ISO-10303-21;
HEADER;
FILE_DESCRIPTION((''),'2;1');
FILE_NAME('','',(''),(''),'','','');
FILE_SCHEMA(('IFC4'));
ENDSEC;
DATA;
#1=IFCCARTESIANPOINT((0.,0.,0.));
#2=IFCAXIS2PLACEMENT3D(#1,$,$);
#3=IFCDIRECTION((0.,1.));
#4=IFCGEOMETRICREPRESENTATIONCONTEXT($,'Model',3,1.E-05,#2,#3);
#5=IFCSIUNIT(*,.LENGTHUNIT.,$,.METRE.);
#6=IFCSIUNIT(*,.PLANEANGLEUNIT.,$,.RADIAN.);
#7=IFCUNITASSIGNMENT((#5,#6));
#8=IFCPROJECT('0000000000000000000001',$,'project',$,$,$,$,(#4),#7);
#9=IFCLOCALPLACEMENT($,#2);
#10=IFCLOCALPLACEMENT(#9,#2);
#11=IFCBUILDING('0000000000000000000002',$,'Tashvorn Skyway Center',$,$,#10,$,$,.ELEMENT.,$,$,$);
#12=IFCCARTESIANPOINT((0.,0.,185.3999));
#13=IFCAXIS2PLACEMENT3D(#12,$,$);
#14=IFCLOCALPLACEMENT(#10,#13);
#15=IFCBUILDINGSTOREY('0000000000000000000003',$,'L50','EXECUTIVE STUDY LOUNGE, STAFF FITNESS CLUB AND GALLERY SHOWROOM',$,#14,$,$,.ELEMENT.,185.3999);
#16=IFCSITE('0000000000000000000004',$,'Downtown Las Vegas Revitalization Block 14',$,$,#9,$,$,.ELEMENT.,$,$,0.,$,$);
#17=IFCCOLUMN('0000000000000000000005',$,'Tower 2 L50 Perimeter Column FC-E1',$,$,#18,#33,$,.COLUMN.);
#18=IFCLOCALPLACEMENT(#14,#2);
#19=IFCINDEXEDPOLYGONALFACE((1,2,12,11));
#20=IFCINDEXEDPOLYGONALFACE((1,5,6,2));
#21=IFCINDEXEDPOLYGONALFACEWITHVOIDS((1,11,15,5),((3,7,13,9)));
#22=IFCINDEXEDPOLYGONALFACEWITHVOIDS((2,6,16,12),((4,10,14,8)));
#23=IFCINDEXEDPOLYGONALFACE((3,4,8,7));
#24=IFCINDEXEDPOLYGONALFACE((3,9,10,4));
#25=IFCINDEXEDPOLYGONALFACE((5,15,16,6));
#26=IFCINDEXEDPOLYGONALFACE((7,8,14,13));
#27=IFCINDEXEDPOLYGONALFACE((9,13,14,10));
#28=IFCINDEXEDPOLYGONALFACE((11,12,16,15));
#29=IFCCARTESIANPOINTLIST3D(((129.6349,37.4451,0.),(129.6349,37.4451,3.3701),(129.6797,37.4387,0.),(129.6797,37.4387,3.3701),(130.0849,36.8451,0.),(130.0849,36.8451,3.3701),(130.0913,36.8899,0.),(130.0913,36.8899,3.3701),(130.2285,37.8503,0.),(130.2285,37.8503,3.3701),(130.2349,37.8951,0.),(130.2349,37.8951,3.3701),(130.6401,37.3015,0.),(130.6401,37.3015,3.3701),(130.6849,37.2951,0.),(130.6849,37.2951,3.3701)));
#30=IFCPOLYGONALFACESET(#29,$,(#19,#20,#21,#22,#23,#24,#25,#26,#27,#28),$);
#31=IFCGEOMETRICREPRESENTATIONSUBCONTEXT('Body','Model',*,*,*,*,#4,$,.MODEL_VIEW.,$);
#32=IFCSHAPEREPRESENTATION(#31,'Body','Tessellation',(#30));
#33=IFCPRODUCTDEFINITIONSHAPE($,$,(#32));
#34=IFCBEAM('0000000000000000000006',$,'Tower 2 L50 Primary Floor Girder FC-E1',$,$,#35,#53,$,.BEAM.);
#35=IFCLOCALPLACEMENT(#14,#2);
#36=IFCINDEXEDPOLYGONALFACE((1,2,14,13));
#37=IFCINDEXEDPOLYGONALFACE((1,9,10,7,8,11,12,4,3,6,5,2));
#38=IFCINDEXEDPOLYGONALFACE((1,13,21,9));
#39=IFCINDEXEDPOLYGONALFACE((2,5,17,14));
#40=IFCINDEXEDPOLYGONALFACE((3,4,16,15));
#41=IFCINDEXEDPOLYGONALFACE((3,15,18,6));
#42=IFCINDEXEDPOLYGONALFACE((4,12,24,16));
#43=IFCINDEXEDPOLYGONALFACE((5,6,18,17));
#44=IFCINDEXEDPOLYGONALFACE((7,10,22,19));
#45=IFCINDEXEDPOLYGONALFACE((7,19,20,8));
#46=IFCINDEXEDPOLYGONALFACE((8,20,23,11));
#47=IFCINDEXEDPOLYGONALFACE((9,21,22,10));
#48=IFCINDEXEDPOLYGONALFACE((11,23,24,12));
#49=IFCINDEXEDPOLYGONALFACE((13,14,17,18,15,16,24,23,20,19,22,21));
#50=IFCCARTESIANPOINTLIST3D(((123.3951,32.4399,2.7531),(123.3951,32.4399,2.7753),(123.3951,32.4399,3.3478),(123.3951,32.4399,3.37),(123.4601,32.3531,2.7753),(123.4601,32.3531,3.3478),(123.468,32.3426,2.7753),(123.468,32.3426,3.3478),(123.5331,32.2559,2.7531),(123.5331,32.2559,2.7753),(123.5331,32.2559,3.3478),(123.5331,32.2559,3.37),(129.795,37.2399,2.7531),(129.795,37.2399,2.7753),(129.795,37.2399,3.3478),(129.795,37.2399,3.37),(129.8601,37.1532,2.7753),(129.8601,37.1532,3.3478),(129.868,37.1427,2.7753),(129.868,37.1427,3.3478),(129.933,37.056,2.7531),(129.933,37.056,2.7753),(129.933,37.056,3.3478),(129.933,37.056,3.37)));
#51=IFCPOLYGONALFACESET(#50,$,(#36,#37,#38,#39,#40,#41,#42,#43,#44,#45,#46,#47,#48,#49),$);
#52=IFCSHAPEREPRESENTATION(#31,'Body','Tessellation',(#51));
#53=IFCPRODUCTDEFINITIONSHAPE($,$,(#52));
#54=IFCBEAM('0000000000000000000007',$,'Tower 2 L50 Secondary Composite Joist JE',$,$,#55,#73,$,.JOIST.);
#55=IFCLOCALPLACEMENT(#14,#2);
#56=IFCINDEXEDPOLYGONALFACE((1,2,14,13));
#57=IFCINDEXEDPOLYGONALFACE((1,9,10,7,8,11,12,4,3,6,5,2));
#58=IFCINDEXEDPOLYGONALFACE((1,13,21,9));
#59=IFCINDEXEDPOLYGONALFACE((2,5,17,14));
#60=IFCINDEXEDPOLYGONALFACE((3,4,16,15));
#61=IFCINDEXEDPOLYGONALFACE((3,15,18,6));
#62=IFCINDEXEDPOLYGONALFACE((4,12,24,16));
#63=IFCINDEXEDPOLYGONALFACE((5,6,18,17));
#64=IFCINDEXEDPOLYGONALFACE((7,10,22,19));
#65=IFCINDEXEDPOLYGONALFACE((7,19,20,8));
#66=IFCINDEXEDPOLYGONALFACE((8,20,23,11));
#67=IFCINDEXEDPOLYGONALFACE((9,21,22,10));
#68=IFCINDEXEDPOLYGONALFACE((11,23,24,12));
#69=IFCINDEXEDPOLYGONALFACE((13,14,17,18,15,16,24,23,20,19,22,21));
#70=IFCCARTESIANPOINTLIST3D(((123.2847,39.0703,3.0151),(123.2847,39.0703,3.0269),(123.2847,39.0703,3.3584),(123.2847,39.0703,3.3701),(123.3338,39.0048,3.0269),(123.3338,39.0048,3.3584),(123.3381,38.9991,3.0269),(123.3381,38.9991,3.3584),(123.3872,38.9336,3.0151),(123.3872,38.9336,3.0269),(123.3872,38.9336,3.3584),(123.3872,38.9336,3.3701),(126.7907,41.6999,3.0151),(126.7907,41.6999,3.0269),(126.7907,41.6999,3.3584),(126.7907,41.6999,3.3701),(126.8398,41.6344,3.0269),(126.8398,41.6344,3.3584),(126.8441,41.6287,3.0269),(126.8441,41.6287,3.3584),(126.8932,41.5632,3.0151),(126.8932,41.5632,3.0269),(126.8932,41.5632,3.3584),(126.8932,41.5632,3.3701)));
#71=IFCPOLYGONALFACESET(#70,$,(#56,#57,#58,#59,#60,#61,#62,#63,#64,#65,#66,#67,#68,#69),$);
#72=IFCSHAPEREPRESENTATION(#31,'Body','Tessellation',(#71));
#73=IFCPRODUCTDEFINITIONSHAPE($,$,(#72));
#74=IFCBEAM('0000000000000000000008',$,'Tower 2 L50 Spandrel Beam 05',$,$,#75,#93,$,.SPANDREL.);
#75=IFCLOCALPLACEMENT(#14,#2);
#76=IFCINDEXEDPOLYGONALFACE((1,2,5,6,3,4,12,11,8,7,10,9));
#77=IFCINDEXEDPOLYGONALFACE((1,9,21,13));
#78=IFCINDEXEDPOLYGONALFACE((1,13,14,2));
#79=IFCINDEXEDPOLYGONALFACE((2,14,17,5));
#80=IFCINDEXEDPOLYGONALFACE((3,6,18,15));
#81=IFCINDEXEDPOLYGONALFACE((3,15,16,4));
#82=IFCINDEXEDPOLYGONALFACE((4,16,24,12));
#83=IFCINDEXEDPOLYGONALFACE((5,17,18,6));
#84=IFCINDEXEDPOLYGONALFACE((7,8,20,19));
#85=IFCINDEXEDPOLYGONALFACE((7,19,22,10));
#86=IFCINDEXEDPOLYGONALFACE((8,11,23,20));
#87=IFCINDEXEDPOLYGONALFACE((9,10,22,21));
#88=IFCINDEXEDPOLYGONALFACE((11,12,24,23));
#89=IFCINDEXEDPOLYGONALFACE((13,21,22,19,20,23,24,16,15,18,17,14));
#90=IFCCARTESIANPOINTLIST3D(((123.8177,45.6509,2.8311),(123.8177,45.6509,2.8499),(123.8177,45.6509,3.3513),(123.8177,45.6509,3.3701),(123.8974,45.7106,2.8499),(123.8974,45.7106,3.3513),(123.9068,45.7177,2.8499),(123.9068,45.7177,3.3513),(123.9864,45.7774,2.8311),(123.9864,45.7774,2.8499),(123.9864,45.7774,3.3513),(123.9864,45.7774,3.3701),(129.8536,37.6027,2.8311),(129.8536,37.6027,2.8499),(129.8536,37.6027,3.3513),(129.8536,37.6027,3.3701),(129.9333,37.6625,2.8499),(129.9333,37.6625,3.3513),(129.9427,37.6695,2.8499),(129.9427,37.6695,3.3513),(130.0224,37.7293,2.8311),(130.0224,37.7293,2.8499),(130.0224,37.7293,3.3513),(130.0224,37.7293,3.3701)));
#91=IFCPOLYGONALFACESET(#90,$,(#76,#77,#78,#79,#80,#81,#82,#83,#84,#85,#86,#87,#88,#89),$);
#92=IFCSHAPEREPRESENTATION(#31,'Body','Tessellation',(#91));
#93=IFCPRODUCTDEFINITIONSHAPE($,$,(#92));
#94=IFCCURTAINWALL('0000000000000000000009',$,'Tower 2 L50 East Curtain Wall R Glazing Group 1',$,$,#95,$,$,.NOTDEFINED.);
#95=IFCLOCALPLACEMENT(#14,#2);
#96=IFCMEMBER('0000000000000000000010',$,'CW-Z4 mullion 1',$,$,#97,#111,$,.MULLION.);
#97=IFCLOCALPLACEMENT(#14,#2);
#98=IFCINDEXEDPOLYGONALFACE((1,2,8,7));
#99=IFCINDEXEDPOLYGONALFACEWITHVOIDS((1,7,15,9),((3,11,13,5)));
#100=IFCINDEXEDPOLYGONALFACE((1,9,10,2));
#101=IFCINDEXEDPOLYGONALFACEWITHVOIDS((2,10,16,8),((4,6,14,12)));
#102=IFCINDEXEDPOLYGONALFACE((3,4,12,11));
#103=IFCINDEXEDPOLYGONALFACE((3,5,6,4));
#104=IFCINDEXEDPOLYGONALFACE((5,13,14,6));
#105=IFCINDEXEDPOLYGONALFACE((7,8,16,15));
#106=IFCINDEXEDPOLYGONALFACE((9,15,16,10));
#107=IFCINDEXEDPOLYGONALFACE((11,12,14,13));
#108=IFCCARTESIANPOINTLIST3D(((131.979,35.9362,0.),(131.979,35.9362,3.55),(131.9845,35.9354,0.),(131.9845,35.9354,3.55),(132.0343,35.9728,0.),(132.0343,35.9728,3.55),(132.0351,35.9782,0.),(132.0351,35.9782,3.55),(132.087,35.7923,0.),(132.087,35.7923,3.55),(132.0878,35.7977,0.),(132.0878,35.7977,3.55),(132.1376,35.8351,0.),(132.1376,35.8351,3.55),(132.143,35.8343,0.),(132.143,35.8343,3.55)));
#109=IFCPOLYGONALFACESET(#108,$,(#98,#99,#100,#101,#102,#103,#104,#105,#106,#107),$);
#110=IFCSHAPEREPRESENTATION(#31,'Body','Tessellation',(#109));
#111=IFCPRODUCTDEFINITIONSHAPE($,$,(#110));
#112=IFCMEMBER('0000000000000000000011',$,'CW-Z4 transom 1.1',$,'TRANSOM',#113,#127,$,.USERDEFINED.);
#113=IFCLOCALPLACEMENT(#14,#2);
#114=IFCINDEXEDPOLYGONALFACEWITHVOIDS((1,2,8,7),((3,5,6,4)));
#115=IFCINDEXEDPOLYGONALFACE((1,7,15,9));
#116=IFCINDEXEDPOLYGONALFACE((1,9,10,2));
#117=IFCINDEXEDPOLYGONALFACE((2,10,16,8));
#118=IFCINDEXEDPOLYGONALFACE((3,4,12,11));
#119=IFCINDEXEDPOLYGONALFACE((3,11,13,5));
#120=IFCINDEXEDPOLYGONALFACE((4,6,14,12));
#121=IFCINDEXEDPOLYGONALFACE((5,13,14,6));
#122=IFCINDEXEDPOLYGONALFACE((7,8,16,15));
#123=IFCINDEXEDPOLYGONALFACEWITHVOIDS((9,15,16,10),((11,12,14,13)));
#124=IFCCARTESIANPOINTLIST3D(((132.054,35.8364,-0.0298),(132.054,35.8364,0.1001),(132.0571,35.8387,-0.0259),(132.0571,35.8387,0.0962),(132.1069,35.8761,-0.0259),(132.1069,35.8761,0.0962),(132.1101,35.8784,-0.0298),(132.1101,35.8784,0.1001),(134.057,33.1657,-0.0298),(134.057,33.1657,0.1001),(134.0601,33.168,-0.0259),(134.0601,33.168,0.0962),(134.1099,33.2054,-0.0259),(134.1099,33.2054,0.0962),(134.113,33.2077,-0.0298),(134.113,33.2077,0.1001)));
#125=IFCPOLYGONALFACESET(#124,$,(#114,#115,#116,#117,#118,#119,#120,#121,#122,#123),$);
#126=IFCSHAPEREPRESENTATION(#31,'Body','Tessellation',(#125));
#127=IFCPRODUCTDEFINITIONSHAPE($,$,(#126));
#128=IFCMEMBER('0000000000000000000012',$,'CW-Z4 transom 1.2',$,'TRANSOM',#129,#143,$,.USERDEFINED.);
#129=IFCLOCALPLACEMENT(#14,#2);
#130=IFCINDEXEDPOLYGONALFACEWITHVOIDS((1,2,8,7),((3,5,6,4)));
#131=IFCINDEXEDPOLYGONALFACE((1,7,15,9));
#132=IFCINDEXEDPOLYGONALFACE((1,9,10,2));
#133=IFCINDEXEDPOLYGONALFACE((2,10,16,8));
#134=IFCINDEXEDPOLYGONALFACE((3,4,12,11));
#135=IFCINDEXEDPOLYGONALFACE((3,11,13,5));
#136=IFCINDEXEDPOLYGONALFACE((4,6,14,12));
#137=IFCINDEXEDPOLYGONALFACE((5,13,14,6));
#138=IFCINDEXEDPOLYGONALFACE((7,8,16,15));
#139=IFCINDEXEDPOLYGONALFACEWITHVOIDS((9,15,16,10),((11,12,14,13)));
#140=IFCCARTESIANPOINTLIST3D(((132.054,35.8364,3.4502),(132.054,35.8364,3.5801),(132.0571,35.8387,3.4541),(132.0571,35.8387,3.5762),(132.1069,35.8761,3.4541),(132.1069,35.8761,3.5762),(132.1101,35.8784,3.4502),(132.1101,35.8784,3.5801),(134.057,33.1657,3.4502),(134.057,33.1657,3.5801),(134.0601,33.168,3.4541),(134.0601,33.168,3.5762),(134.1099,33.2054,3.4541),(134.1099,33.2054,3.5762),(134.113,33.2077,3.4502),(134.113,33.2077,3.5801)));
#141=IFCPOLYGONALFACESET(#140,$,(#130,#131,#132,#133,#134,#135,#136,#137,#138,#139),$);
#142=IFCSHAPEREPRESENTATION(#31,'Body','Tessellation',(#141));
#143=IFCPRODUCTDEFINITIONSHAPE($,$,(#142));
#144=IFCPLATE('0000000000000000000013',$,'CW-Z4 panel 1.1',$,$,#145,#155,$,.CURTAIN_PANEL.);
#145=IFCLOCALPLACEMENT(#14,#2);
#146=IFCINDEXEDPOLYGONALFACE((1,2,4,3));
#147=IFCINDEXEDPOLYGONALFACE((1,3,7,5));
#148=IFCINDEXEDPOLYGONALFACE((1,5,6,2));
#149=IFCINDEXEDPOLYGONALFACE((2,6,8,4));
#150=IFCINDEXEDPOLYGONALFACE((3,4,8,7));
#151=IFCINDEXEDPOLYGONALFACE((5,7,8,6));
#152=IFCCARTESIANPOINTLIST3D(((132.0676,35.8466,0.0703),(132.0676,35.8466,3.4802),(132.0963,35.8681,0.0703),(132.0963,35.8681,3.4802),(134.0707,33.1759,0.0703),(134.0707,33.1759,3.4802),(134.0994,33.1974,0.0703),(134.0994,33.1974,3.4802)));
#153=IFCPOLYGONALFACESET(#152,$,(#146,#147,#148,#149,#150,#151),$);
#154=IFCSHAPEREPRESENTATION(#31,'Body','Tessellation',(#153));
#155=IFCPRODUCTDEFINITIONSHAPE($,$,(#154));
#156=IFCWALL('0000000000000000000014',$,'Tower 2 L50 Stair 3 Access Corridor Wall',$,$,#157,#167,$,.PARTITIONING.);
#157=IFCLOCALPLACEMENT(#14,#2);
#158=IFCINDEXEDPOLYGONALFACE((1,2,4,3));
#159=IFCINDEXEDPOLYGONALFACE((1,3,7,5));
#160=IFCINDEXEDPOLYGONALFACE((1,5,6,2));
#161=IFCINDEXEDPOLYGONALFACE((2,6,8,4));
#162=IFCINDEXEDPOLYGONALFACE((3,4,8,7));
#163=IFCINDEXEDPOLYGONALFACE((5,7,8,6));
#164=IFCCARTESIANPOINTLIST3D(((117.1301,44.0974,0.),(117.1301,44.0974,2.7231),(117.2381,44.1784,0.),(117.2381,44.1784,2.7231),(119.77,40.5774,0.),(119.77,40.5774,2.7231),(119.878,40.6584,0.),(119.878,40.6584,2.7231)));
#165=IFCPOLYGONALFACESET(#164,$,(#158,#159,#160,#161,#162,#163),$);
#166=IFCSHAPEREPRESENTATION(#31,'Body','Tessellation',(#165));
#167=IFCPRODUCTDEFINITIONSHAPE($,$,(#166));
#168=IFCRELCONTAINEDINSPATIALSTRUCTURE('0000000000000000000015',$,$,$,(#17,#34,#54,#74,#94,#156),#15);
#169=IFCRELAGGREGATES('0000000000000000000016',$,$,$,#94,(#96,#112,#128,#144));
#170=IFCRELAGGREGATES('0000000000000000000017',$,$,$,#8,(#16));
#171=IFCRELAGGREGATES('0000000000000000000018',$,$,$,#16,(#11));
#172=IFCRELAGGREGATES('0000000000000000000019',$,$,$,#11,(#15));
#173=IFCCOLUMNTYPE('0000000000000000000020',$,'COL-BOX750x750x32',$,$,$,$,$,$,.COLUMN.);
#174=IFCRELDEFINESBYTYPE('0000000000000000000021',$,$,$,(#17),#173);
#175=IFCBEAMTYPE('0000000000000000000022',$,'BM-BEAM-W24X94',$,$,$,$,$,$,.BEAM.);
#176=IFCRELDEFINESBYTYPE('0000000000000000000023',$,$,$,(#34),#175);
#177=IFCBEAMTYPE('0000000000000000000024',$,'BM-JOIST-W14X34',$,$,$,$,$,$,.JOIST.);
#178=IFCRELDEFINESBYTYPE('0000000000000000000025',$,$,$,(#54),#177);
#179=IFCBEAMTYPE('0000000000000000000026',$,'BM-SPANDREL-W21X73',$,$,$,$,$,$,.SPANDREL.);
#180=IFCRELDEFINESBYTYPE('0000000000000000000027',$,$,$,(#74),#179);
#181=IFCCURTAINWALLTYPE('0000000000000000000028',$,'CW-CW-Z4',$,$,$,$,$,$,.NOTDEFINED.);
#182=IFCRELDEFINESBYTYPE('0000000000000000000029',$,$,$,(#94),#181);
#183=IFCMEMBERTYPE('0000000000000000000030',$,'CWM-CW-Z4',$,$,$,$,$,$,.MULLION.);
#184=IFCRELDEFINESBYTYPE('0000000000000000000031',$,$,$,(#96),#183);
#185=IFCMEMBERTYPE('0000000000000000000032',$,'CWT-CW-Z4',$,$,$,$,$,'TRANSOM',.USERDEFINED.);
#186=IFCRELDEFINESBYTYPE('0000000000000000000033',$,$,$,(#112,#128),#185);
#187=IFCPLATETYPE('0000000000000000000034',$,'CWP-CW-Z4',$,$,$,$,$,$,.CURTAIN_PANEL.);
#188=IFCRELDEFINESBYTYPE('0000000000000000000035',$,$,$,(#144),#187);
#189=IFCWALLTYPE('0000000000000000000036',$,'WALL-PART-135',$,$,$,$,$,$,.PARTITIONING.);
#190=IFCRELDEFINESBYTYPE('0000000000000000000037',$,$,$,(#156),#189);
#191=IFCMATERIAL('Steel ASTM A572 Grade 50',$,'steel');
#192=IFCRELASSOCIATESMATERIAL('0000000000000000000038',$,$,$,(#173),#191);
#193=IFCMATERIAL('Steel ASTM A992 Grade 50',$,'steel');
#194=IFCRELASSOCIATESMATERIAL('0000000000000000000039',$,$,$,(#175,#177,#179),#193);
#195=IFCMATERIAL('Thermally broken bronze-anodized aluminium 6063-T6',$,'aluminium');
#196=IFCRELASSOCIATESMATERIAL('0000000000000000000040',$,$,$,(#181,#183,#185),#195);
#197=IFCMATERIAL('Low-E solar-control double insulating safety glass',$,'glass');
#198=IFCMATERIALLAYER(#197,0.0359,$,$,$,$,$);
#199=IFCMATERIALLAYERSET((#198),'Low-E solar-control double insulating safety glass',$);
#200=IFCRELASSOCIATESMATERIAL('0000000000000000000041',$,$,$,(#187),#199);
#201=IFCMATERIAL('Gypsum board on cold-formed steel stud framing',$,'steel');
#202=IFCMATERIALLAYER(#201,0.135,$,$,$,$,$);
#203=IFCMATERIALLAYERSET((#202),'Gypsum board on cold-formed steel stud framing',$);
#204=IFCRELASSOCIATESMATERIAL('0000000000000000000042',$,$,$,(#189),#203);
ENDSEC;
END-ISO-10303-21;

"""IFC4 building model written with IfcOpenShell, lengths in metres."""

from ifc_helpers import new_model, si_unit, direction, frame, frame_2d, origin, origin_2d, place, context, subcontext, project, spatial, rectangle, hollow_rectangle, i_section, extrude, material, layer, layer_set, material_profile, profile_set, type_object, element, aggregate, save


model = new_model("IFC4")

# Units and contexts
model_context = context("Model", 3, precision=1e-05, world=origin(), true_north=direction((0.0, 1.0)))
body_context = subcontext(model_context, "Body", "Model", "MODEL_VIEW")
ifc_project = project(units=[si_unit("LENGTHUNIT", "METRE"), si_unit("PLANEANGLEUNIT", "RADIAN")], contexts=[model_context])

# Site, building, storey
site_placement = place(None, origin())
site = spatial("IfcSite", under=ifc_project, at=site_placement, Name="Downtown Las Vegas Revitalization Block 14", CompositionType="ELEMENT", RefElevation=0.0)
building_placement = place(site_placement, origin())
building = spatial("IfcBuilding", under=site, at=building_placement, Name="Tashvorn Skyway Center", CompositionType="ELEMENT")
storey_placement = place(building_placement, frame((0.0, 0.0, 185.3999)))
storey = spatial("IfcBuildingStorey", under=building, at=storey_placement, Name="L50", Description="EXECUTIVE STUDY LOUNGE, STAFF FITNESS CLUB AND GALLERY SHOWROOM", CompositionType="ELEMENT", Elevation=185.3999)

# Column
ifc_material_1 = material(Name="Steel ASTM A572 Grade 50", Category="steel")
ifc_material_profile_1 = material_profile(ifc_material_1, hollow_rectangle(XDim=0.75, YDim=0.75, WallThickness=0.032, at=origin_2d()), Name="BOX750x750x32")
ifc_profile_set_1 = profile_set([ifc_material_profile_1], Name="Steel ASTM A572 Grade 50")
column_type = type_object("IfcColumnType", Name="COL-BOX750x750x32", PredefinedType="COLUMN", material=ifc_profile_set_1)
column_placement = place(storey_placement, frame((130.1599, 37.3701, 0.0), z_axis=(0.0, 0.0, 1.0), x_axis=(0.8, 0.6, 0.0)))
element("IfcColumn", 1, at=column_placement, inside=storey, type_object=column_type, Name="Tower 2 L50 Perimeter Column FC-E1", PredefinedType="COLUMN", context=body_context, shape_type="SweptSolid", body=[
    extrude(hollow_rectangle(XDim=0.75, YDim=0.75, WallThickness=0.032, at=origin_2d()), origin(), (0.0, 0.0, 1.0), 3.3701),
])

# Beams
ifc_material_2 = material(Name="Steel ASTM A992 Grade 50", Category="steel")
ifc_material_profile_2 = material_profile(ifc_material_2, i_section(OverallWidth=0.23, OverallDepth=0.6169, WebThickness=0.0132, FlangeThickness=0.0222, at=origin_2d()), Name="W24X94")
ifc_profile_set_2 = profile_set([ifc_material_profile_2], Name="Steel ASTM A992 Grade 50")
beam_type_1 = type_object("IfcBeamType", Name="BM-BEAM-W24X94", PredefinedType="BEAM", material=ifc_profile_set_2)
beam_1_placement = place(storey_placement, frame((129.864, 37.1479, 3.0615), z_axis=(-0.799993, -0.60001, 0.0), x_axis=(0.60001, -0.799993, 0.0)))
element("IfcBeam", 2, at=beam_1_placement, inside=storey, type_object=beam_type_1, Name="Tower 2 L50 Primary Floor Girder FC-E1", PredefinedType="BEAM", context=body_context, shape_type="SweptSolid", body=[
    extrude(i_section(OverallWidth=0.23, OverallDepth=0.6169, WebThickness=0.0132, FlangeThickness=0.0222, at=origin_2d()), origin(), (0.0, 0.0, 1.0), 8.0),
])
ifc_material_profile_3 = material_profile(ifc_material_2, i_section(OverallWidth=0.1709, OverallDepth=0.355, WebThickness=0.0071, FlangeThickness=0.0117, at=origin_2d()), Name="W14X34")
ifc_profile_set_3 = profile_set([ifc_material_profile_3], Name="Steel ASTM A992 Grade 50")
beam_type_2 = type_object("IfcBeamType", Name="BM-JOIST-W14X34", PredefinedType="JOIST", material=ifc_profile_set_3)
beam_2_placement = place(storey_placement, frame((123.3359, 39.002, 3.1926), z_axis=(0.799993, 0.600009, 0.0), x_axis=(-0.600009, 0.799993, 0.0)))
element("IfcBeam", 3, at=beam_2_placement, inside=storey, type_object=beam_type_2, Name="Tower 2 L50 Secondary Composite Joist JE", PredefinedType="JOIST", context=body_context, shape_type="SweptSolid", body=[
    extrude(i_section(OverallWidth=0.1709, OverallDepth=0.355, WebThickness=0.0071, FlangeThickness=0.0117, at=origin_2d()), origin(), (0.0, 0.0, 1.0), 4.3826),
])
ifc_material_profile_4 = material_profile(ifc_material_2, i_section(OverallWidth=0.2109, OverallDepth=0.5391, WebThickness=0.0117, FlangeThickness=0.0188, at=origin_2d()), Name="W21X73")
ifc_profile_set_4 = profile_set([ifc_material_profile_4], Name="Steel ASTM A992 Grade 50")
beam_type_3 = type_object("IfcBeamType", Name="BM-SPANDREL-W21X73", PredefinedType="SPANDREL", material=ifc_profile_set_4)
beam_3_placement = place(storey_placement, frame((129.938, 37.666, 3.1006), z_axis=(-0.599988, 0.800009, 0.0), x_axis=(-0.800009, -0.599988, 0.0)))
element("IfcBeam", 4, at=beam_3_placement, inside=storey, type_object=beam_type_3, Name="Tower 2 L50 Spandrel Beam 05", PredefinedType="SPANDREL", context=body_context, shape_type="SweptSolid", body=[
    extrude(i_section(OverallWidth=0.2109, OverallDepth=0.5391, WebThickness=0.0117, FlangeThickness=0.0188, at=origin_2d()), origin(), (0.0, 0.0, 1.0), 10.0601),
])

# Curtain wall, members, plate
ifc_material_3 = material(Name="Thermally broken bronze-anodized aluminium 6063-T6", Category="aluminium")
curtain_wall_type = type_object("IfcCurtainWallType", Name="CW-CW-Z4", PredefinedType="NOTDEFINED", material=ifc_material_3)
curtain_wall_placement = place(storey_placement, origin())
curtain_wall = element("IfcCurtainWall", 5, at=curtain_wall_placement, inside=storey, type_object=curtain_wall_type, Name="Tower 2 L50 East Curtain Wall R Glazing Group 1", PredefinedType="NOTDEFINED")
ifc_material_profile_5 = material_profile(ifc_material_3, hollow_rectangle(XDim=0.0701, YDim=0.1799, WallThickness=0.0039, at=origin_2d()), Name="ALU-MULL-70x180")
ifc_profile_set_5 = profile_set([ifc_material_profile_5], Name="Thermally broken bronze-anodized aluminium 6063-T6")
member_type_1 = type_object("IfcMemberType", Name="CWM-CW-Z4", PredefinedType="MULLION", material=ifc_profile_set_5)
member_1_placement = place(storey_placement, frame((132.061, 35.8853, 0.0), z_axis=(0.0, 0.0, 1.0), x_axis=(0.799998, 0.600002, 0.0)))
member_1 = element("IfcMember", 6, at=member_1_placement, type_object=member_type_1, Name="CW-Z4 mullion 1", PredefinedType="MULLION", context=body_context, shape_type="SweptSolid", body=[
    extrude(hollow_rectangle(XDim=0.0701, YDim=0.1799, WallThickness=0.0039, at=origin_2d()), origin(), (0.0, 0.0, 1.0), 3.55),
])
ifc_material_profile_6 = material_profile(ifc_material_3, hollow_rectangle(XDim=0.0701, YDim=0.1299, WallThickness=0.0039, at=origin_2d()), Name="ALU-TRAN-70x130")
ifc_profile_set_6 = profile_set([ifc_material_profile_6], Name="Thermally broken bronze-anodized aluminium 6063-T6")
member_type_2 = type_object("IfcMemberType", Name="CWT-CW-Z4", ElementType="TRANSOM", PredefinedType="USERDEFINED", material=ifc_profile_set_6)
member_2_placement = place(storey_placement, frame((132.082, 35.8574, 0.0352), z_axis=(0.599988, -0.800009, 0.0), x_axis=(0.800009, 0.599988, 0.0)))
member_2 = element("IfcMember", 7, at=member_2_placement, type_object=member_type_2, Name="CW-Z4 transom 1.1", ObjectType="TRANSOM", PredefinedType="USERDEFINED", context=body_context, shape_type="SweptSolid", body=[
    extrude(hollow_rectangle(XDim=0.0701, YDim=0.1299, WallThickness=0.0039, at=origin_2d()), origin(), (0.0, 0.0, 1.0), 3.3384),
])
member_3_placement = place(storey_placement, frame((132.082, 35.8574, 3.5151), z_axis=(0.599988, -0.800009, 0.0), x_axis=(0.800009, 0.599988, 0.0)))
member_3 = element("IfcMember", 8, at=member_3_placement, type_object=member_type_2, Name="CW-Z4 transom 1.2", ObjectType="TRANSOM", PredefinedType="USERDEFINED", context=body_context, shape_type="SweptSolid", body=[
    extrude(hollow_rectangle(XDim=0.0701, YDim=0.1299, WallThickness=0.0039, at=origin_2d()), origin(), (0.0, 0.0, 1.0), 3.3384),
])
ifc_material_4 = material(Name="Low-E solar-control double insulating safety glass", Category="glass")
ifc_layer_1 = layer(ifc_material_4, 0.0359)
ifc_layer_set_1 = layer_set([ifc_layer_1], Name="Low-E solar-control double insulating safety glass")
plate_type = type_object("IfcPlateType", Name="CWP-CW-Z4", PredefinedType="CURTAIN_PANEL", material=ifc_layer_set_1)
plate_placement = place(storey_placement, frame((133.0835, 34.522, 0.0703), z_axis=(0.0, 0.0, 1.0), x_axis=(0.600002, -0.799998, 0.0)))
plate = element("IfcPlate", 9, at=plate_placement, type_object=plate_type, Name="CW-Z4 panel 1.1", PredefinedType="CURTAIN_PANEL", context=body_context, shape_type="SweptSolid", body=[
    extrude(rectangle(XDim=3.3384, YDim=0.0359, at=origin_2d()), origin(), (0.0, 0.0, 1.0), 3.4099),
])
aggregate(curtain_wall, [member_1, member_2, member_3, plate])

# Wall
ifc_material_5 = material(Name="Gypsum board on cold-formed steel stud framing", Category="steel")
ifc_layer_2 = layer(ifc_material_5, 0.135)
ifc_layer_set_2 = layer_set([ifc_layer_2], Name="Gypsum board on cold-formed steel stud framing")
wall_type_1 = type_object("IfcWallType", Name="WALL-PART-135", PredefinedType="PARTITIONING", material=ifc_layer_set_2)
wall_1_placement = place(storey_placement, frame((119.824, 40.6179, 0.0), z_axis=(0.0, 0.0, 1.0), x_axis=(-0.599982, 0.800013, 0.0)))
element("IfcWall", 10, at=wall_1_placement, inside=storey, type_object=wall_type_1, Name="Tower 2 L50 Stair 3 Access Corridor Wall", PredefinedType="PARTITIONING", context=body_context, shape_type="SweptSolid", body=[
    extrude(rectangle(XDim=4.3999, YDim=0.135, at=frame_2d((2.2, 0.0))), origin(), (0.0, 0.0, 1.0), 2.7231),
])

save(model, "model.ifc")
